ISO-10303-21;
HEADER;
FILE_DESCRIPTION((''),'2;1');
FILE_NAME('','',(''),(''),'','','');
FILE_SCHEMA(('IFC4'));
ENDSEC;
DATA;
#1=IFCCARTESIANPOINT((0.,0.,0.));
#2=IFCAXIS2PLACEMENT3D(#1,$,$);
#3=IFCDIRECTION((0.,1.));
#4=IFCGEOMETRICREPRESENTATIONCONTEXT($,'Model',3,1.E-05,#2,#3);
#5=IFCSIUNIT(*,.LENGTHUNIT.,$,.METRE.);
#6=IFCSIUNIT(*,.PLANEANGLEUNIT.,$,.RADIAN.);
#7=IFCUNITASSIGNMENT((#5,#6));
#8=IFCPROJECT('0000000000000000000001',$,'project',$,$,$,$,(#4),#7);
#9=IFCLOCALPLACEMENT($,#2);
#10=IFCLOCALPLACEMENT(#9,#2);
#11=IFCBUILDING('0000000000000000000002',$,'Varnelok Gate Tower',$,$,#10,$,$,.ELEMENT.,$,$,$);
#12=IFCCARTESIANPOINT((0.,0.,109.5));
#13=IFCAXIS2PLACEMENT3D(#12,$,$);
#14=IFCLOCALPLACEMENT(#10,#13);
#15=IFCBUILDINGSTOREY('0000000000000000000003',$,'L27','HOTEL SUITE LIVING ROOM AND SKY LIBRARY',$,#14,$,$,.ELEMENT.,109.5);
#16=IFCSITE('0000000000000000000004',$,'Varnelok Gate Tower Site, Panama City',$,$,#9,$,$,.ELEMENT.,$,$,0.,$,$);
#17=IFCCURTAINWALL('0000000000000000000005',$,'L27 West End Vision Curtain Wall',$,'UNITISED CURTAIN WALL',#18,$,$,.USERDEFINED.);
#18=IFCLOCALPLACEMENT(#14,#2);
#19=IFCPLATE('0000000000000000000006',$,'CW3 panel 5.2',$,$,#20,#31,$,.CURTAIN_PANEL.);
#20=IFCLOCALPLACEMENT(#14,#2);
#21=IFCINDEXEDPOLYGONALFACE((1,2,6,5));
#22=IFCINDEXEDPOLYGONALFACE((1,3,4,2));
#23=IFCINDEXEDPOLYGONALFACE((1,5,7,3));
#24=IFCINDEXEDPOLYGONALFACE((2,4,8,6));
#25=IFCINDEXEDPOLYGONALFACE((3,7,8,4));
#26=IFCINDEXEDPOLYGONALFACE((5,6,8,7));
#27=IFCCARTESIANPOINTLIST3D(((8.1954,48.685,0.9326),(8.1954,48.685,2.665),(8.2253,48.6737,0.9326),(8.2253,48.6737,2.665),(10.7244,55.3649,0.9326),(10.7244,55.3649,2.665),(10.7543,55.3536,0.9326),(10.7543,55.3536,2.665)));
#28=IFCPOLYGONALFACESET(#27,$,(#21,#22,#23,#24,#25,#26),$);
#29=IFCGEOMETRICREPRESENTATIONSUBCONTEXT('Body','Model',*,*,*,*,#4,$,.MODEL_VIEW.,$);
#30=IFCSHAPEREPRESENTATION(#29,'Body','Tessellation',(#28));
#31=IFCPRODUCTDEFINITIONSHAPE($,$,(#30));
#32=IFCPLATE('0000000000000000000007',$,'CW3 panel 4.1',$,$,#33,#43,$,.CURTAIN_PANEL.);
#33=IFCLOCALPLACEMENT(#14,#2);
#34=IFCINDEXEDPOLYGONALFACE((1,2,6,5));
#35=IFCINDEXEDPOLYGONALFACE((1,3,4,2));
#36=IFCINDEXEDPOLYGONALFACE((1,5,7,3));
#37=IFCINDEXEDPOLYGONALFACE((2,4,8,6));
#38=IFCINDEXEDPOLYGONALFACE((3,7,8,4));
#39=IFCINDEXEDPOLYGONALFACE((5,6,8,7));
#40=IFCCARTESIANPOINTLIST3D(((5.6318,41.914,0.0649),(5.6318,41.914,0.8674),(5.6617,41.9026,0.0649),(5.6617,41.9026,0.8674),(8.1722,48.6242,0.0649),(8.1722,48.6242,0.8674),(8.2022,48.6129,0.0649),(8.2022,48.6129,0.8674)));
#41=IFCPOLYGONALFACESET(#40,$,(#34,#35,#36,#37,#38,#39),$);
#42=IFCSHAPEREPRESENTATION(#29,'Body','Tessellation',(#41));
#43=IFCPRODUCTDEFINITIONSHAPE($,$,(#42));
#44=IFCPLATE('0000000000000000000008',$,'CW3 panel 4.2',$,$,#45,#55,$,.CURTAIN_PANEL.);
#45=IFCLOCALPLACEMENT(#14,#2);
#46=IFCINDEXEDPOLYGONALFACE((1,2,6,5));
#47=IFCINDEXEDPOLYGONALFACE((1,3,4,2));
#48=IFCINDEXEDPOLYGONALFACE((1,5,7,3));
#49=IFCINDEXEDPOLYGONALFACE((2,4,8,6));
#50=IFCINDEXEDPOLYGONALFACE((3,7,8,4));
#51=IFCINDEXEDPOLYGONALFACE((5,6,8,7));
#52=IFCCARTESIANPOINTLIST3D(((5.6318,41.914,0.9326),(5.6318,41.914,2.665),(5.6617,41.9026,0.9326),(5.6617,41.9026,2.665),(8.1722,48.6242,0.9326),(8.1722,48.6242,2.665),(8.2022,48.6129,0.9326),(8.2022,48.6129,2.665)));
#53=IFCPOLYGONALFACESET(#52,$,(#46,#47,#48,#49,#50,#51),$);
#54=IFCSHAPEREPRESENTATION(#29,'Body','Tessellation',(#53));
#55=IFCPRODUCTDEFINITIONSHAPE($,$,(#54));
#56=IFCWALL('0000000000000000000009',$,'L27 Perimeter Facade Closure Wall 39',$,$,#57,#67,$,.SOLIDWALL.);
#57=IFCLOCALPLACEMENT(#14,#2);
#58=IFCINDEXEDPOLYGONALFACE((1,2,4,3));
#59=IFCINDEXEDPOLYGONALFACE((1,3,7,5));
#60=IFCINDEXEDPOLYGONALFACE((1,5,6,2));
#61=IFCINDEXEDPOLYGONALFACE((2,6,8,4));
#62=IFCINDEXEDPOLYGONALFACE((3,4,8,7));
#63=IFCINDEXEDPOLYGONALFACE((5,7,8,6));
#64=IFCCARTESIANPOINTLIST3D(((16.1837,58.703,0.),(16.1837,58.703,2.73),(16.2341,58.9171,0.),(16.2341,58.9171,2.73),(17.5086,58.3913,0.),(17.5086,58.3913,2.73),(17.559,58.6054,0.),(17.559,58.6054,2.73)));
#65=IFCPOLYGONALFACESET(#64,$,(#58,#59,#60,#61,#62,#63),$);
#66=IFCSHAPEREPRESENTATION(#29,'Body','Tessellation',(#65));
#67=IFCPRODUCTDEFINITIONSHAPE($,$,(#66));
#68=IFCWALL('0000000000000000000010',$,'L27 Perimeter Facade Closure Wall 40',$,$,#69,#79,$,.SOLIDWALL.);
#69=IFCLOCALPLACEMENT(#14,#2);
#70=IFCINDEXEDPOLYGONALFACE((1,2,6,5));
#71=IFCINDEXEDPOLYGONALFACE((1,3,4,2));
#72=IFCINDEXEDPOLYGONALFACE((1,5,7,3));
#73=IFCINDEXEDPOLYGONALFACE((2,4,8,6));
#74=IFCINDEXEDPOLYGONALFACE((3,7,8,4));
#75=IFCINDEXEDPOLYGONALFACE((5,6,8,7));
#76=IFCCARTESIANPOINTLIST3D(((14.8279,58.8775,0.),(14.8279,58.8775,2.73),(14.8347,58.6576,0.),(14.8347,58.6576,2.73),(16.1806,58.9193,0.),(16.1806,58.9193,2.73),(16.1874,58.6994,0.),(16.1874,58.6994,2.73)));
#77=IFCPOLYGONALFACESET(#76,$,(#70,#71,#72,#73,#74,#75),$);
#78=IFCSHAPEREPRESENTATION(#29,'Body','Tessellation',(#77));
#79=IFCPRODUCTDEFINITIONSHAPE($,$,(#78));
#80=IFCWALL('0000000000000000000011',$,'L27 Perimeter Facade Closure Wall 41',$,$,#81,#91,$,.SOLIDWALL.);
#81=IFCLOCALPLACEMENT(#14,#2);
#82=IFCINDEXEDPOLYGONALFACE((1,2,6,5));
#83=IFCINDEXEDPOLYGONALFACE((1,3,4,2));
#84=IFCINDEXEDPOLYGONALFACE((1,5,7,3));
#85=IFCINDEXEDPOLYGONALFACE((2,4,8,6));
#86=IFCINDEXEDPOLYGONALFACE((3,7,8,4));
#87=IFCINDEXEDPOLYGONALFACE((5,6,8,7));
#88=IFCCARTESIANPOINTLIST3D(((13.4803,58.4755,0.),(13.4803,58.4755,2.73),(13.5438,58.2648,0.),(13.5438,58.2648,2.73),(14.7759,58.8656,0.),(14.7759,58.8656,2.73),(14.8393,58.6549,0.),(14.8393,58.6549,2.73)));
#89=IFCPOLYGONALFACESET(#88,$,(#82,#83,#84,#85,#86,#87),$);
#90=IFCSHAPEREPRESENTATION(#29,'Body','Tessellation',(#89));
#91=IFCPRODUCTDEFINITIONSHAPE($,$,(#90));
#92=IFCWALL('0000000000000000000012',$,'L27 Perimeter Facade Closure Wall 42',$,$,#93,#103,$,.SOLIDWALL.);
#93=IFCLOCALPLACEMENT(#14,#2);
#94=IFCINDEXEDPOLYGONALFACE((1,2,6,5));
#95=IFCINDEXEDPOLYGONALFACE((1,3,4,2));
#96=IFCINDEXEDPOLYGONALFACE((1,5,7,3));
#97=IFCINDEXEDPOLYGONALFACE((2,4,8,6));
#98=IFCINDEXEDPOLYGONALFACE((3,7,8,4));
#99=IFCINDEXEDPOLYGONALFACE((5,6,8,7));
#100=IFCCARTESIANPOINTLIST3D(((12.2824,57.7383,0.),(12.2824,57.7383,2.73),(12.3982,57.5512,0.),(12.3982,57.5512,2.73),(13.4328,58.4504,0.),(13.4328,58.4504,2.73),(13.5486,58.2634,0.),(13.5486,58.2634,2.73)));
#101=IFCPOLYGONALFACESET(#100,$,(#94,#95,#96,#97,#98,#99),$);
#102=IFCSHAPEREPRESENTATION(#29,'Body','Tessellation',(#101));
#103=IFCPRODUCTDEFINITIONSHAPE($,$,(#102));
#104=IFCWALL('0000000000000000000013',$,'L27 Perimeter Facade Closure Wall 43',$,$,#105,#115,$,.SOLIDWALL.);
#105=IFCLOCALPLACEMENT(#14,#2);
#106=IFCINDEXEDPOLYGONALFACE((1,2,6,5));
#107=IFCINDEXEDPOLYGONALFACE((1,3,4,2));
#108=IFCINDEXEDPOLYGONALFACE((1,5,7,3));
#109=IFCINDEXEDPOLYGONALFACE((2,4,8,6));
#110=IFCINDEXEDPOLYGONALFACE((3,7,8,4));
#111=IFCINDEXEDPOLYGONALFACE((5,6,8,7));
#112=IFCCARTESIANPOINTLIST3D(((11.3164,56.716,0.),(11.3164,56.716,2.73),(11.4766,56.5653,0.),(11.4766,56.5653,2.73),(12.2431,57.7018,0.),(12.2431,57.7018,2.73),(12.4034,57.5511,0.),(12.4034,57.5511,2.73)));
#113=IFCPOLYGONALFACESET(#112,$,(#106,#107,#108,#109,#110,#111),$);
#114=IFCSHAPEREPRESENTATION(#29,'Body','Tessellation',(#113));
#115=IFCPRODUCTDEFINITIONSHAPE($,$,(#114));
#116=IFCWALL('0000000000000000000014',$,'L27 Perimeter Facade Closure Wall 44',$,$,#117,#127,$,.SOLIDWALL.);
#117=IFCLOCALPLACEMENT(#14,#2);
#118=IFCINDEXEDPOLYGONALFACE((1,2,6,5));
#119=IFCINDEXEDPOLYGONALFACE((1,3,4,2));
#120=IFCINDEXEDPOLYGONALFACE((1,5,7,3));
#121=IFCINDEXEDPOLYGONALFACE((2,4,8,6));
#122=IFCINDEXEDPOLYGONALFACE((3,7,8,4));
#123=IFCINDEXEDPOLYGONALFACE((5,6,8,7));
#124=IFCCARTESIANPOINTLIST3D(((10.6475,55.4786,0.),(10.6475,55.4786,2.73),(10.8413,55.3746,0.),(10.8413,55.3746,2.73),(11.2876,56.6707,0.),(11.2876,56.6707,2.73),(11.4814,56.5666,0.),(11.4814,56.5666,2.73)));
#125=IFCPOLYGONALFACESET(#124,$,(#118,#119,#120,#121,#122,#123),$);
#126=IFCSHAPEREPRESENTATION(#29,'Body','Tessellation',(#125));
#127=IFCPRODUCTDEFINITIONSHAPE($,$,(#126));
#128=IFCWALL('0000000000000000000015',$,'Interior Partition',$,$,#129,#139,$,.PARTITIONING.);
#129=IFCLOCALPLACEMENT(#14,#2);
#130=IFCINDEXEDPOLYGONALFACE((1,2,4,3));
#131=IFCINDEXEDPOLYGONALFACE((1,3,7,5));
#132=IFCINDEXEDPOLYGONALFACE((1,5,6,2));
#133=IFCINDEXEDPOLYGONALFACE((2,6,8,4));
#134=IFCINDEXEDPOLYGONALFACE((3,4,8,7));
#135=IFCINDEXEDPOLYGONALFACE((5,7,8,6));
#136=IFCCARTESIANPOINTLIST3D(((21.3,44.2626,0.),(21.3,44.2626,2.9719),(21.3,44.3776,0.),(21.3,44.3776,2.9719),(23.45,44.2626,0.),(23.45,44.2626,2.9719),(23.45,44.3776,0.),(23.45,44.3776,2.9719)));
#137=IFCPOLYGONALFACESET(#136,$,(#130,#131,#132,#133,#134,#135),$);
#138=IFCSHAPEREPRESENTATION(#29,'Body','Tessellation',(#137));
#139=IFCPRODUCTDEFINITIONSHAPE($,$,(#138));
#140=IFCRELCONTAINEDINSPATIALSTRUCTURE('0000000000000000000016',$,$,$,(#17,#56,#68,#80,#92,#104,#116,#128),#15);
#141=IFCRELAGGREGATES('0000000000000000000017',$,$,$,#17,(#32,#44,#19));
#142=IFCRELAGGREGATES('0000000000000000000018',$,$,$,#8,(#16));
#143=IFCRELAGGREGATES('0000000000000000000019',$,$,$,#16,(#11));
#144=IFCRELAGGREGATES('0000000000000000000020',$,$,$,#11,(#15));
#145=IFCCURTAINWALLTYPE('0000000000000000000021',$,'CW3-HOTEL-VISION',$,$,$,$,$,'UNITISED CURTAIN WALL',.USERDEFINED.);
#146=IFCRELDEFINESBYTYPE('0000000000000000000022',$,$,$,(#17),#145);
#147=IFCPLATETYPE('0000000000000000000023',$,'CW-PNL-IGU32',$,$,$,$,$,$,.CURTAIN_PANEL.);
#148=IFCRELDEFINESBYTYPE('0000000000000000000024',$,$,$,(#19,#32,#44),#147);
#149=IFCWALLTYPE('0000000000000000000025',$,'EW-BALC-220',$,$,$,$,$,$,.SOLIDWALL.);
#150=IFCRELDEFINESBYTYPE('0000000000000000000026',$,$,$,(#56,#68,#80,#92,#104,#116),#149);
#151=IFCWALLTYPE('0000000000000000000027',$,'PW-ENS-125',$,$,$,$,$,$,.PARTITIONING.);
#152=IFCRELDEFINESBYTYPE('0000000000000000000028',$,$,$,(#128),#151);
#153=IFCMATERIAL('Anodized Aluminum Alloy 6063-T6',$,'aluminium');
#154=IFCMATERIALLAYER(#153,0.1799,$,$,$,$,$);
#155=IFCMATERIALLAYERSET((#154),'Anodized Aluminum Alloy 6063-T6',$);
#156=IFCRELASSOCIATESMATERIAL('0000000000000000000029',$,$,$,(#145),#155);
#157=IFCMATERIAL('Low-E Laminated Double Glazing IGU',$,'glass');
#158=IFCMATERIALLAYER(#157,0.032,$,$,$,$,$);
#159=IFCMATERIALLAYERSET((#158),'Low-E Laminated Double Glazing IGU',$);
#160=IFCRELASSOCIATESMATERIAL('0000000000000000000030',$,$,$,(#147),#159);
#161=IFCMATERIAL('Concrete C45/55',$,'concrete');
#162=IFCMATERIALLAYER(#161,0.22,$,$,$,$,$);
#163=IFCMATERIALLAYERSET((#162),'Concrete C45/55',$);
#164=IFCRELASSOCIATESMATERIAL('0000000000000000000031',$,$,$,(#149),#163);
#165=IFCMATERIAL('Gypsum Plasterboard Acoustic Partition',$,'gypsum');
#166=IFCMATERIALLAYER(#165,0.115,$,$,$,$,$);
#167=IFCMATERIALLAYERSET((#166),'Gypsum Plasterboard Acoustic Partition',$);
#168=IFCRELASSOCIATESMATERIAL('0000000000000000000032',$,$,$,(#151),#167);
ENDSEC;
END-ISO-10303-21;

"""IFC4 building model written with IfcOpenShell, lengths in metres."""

from ifc_helpers import new_model, si_unit, direction, frame, frame_2d, origin, origin_2d, place, context, subcontext, project, spatial, rectangle, extrude, source, transform, mapped, material, layer, layer_set, type_object, element, aggregate, save


model = new_model("IFC4")

# Units and contexts
model_context = context("Model", 3, precision=1e-05, world=origin(), true_north=direction((0.0, 1.0)))
body_context = subcontext(model_context, "Body", "Model", "MODEL_VIEW")
ifc_project = project(units=[si_unit("LENGTHUNIT", "METRE"), si_unit("PLANEANGLEUNIT", "RADIAN")], contexts=[model_context])

# Site, building, storey
site_placement = place(None, origin())
site = spatial("IfcSite", under=ifc_project, at=site_placement, Name="Varnelok Gate Tower Site, Panama City", CompositionType="ELEMENT", RefElevation=0.0)
building_placement = place(site_placement, origin())
building = spatial("IfcBuilding", under=site, at=building_placement, Name="Varnelok Gate Tower", CompositionType="ELEMENT")
storey_placement = place(building_placement, frame((0.0, 0.0, 109.5)))
storey = spatial("IfcBuildingStorey", under=building, at=storey_placement, Name="L27", Description="HOTEL SUITE LIVING ROOM AND SKY LIBRARY", CompositionType="ELEMENT", Elevation=109.5)

# Curtain wall, plates
ifc_material_1 = material(Name="Anodized Aluminum Alloy 6063-T6", Category="aluminium")
ifc_layer_1 = layer(ifc_material_1, 0.1799)
ifc_layer_set_1 = layer_set([ifc_layer_1], Name="Anodized Aluminum Alloy 6063-T6")
curtain_wall_type = type_object("IfcCurtainWallType", Name="CW3-HOTEL-VISION", ElementType="UNITISED CURTAIN WALL", PredefinedType="USERDEFINED", material=ifc_layer_set_1)
curtain_wall_placement = place(storey_placement, origin())
curtain_wall = element("IfcCurtainWall", 1, at=curtain_wall_placement, inside=storey, type_object=curtain_wall_type, Name="L27 West End Vision Curtain Wall", ObjectType="UNITISED CURTAIN WALL", PredefinedType="USERDEFINED")
ifc_material_2 = material(Name="Low-E Laminated Double Glazing IGU", Category="glass")
ifc_layer_2 = layer(ifc_material_2, 0.032)
ifc_layer_set_2 = layer_set([ifc_layer_2], Name="Low-E Laminated Double Glazing IGU")
plate_type = type_object("IfcPlateType", Name="CW-PNL-IGU32", PredefinedType="CURTAIN_PANEL", material=ifc_layer_set_2)
shared_shape_1 = source(origin(), body_context, "Body", "SweptSolid", [
    extrude(rectangle(XDim=7.1426, YDim=0.032, at=origin_2d()), origin(), (0.0, 0.0, 1.0), 1.7324),
])
plate_1_placement = place(storey_placement, frame((9.4749, 52.0193, 0.9326), z_axis=(0.0, 0.0, 1.0), x_axis=(0.354064, 0.935221, 0.0)))
plate_1 = element("IfcPlate", 2, at=plate_1_placement, type_object=plate_type, Name="CW3 panel 5.2", PredefinedType="CURTAIN_PANEL", context=body_context, shape_type="MappedRepresentation", body=[
    mapped(shared_shape_1, transform((0.0, 0.0, 0.0), scale=1.0)),
])
shared_shape_2 = source(origin(), body_context, "Body", "SweptSolid", [
    extrude(rectangle(XDim=7.175, YDim=0.032, at=origin_2d()), origin(), (0.0, 0.0, 1.0), 0.8025),
])
plate_2_placement = place(storey_placement, frame((6.917, 45.2634, 0.0649), z_axis=(0.0, 0.0, 1.0), x_axis=(0.354064, 0.935221, 0.0)))
plate_2 = element("IfcPlate", 3, at=plate_2_placement, type_object=plate_type, Name="CW3 panel 4.1", PredefinedType="CURTAIN_PANEL", context=body_context, shape_type="MappedRepresentation", body=[
    mapped(shared_shape_2, transform((0.0, 0.0, 0.0), scale=1.0)),
])
shared_shape_3 = source(origin(), body_context, "Body", "SweptSolid", [
    extrude(rectangle(XDim=7.175, YDim=0.032, at=origin_2d()), origin(), (0.0, 0.0, 1.0), 1.7324),
])
plate_3_placement = place(storey_placement, frame((6.917, 45.2634, 0.9326), z_axis=(0.0, 0.0, 1.0), x_axis=(0.354064, 0.935221, 0.0)))
plate_3 = element("IfcPlate", 4, at=plate_3_placement, type_object=plate_type, Name="CW3 panel 4.2", PredefinedType="CURTAIN_PANEL", context=body_context, shape_type="MappedRepresentation", body=[
    mapped(shared_shape_3, transform((0.0, 0.0, 0.0), scale=1.0)),
])
aggregate(curtain_wall, [plate_2, plate_3, plate_1])

# Walls
ifc_material_3 = material(Name="Concrete C45/55", Category="concrete")
ifc_layer_3 = layer(ifc_material_3, 0.22)
ifc_layer_set_3 = layer_set([ifc_layer_3], Name="Concrete C45/55")
wall_type_1 = type_object("IfcWallType", Name="EW-BALC-220", PredefinedType="SOLIDWALL", material=ifc_layer_set_3)
wall_1_placement = place(storey_placement, frame((17.5339, 58.4983, 0.0), z_axis=(0.0, 0.0, 1.0), x_axis=(-0.973415, 0.229049, 0.0)))
element("IfcWall", 5, at=wall_1_placement, inside=storey, type_object=wall_type_1, Name="L27 Perimeter Facade Closure Wall 39", PredefinedType="SOLIDWALL", context=body_context, shape_type="SweptSolid", body=[
    extrude(rectangle(XDim=1.3611, YDim=0.22, at=frame_2d((0.6807, 0.0))), origin(), (0.0, 0.0, 1.0), 2.73),
])
wall_2_placement = place(storey_placement, frame((16.1841, 58.8093, 0.0), z_axis=(0.0, 0.0, 1.0), x_axis=(-0.999524, -0.030852, 0.0)))
element("IfcWall", 6, at=wall_2_placement, inside=storey, type_object=wall_type_1, Name="L27 Perimeter Facade Closure Wall 40", PredefinedType="SOLIDWALL", context=body_context, shape_type="SweptSolid", body=[
    extrude(rectangle(XDim=1.3533, YDim=0.22, at=frame_2d((0.6768, 0.0))), origin(), (0.0, 0.0, 1.0), 2.73),
])
for number, where, z_axis, x_axis, name in (
    (7, (14.8076, 58.7603, 0.0), (0.0, 0.0, 1.0), (-0.957533, -0.288324, 0.0), "L27 Perimeter Facade Closure Wall 41"),
    (8, (13.4907, 58.3569, 0.0), (0.0, 0.0, 1.0), (-0.850261, -0.526361, 0.0), "L27 Perimeter Facade Closure Wall 42"),
    (9, (12.3232, 57.6265, 0.0), (0.0, 0.0, 1.0), (-0.684937, -0.728602, 0.0), "L27 Perimeter Facade Closure Wall 43"),
    (10, (11.3845, 56.6187, 0.0), (0.0, 0.0, 1.0), (-0.473077, -0.881021, 0.0), "L27 Perimeter Facade Closure Wall 44"),
):
    element("IfcWall", number, at=place(storey_placement, frame(where, z_axis=z_axis, x_axis=x_axis)), inside=storey, type_object=wall_type_1, Name=name, PredefinedType="SOLIDWALL", context=body_context, shape_type="SweptSolid", body=[
        extrude(rectangle(XDim=1.353, YDim=0.22, at=frame_2d((0.6765, 0.0))), origin(), (0.0, 0.0, 1.0), 2.73),
    ])
ifc_material_4 = material(Name="Gypsum Plasterboard Acoustic Partition", Category="gypsum")
ifc_layer_4 = layer(ifc_material_4, 0.115)
ifc_layer_set_4 = layer_set([ifc_layer_4], Name="Gypsum Plasterboard Acoustic Partition")
wall_type_2 = type_object("IfcWallType", Name="PW-ENS-125", PredefinedType="PARTITIONING", material=ifc_layer_set_4)
wall_3_placement = place(storey_placement, frame((21.3, 44.3201, 0.0), z_axis=(0.0, 0.0, 1.0), x_axis=(1.0, 0.0, 0.0)))
element("IfcWall", 11, at=wall_3_placement, inside=storey, type_object=wall_type_2, Name="Interior Partition", PredefinedType="PARTITIONING", context=body_context, shape_type="SweptSolid", body=[
    extrude(rectangle(XDim=2.1499, YDim=0.115, at=frame_2d((1.075, 0.0))), origin(), (0.0, 0.0, 1.0), 2.9719),
])

save(model, "model.ifc")
